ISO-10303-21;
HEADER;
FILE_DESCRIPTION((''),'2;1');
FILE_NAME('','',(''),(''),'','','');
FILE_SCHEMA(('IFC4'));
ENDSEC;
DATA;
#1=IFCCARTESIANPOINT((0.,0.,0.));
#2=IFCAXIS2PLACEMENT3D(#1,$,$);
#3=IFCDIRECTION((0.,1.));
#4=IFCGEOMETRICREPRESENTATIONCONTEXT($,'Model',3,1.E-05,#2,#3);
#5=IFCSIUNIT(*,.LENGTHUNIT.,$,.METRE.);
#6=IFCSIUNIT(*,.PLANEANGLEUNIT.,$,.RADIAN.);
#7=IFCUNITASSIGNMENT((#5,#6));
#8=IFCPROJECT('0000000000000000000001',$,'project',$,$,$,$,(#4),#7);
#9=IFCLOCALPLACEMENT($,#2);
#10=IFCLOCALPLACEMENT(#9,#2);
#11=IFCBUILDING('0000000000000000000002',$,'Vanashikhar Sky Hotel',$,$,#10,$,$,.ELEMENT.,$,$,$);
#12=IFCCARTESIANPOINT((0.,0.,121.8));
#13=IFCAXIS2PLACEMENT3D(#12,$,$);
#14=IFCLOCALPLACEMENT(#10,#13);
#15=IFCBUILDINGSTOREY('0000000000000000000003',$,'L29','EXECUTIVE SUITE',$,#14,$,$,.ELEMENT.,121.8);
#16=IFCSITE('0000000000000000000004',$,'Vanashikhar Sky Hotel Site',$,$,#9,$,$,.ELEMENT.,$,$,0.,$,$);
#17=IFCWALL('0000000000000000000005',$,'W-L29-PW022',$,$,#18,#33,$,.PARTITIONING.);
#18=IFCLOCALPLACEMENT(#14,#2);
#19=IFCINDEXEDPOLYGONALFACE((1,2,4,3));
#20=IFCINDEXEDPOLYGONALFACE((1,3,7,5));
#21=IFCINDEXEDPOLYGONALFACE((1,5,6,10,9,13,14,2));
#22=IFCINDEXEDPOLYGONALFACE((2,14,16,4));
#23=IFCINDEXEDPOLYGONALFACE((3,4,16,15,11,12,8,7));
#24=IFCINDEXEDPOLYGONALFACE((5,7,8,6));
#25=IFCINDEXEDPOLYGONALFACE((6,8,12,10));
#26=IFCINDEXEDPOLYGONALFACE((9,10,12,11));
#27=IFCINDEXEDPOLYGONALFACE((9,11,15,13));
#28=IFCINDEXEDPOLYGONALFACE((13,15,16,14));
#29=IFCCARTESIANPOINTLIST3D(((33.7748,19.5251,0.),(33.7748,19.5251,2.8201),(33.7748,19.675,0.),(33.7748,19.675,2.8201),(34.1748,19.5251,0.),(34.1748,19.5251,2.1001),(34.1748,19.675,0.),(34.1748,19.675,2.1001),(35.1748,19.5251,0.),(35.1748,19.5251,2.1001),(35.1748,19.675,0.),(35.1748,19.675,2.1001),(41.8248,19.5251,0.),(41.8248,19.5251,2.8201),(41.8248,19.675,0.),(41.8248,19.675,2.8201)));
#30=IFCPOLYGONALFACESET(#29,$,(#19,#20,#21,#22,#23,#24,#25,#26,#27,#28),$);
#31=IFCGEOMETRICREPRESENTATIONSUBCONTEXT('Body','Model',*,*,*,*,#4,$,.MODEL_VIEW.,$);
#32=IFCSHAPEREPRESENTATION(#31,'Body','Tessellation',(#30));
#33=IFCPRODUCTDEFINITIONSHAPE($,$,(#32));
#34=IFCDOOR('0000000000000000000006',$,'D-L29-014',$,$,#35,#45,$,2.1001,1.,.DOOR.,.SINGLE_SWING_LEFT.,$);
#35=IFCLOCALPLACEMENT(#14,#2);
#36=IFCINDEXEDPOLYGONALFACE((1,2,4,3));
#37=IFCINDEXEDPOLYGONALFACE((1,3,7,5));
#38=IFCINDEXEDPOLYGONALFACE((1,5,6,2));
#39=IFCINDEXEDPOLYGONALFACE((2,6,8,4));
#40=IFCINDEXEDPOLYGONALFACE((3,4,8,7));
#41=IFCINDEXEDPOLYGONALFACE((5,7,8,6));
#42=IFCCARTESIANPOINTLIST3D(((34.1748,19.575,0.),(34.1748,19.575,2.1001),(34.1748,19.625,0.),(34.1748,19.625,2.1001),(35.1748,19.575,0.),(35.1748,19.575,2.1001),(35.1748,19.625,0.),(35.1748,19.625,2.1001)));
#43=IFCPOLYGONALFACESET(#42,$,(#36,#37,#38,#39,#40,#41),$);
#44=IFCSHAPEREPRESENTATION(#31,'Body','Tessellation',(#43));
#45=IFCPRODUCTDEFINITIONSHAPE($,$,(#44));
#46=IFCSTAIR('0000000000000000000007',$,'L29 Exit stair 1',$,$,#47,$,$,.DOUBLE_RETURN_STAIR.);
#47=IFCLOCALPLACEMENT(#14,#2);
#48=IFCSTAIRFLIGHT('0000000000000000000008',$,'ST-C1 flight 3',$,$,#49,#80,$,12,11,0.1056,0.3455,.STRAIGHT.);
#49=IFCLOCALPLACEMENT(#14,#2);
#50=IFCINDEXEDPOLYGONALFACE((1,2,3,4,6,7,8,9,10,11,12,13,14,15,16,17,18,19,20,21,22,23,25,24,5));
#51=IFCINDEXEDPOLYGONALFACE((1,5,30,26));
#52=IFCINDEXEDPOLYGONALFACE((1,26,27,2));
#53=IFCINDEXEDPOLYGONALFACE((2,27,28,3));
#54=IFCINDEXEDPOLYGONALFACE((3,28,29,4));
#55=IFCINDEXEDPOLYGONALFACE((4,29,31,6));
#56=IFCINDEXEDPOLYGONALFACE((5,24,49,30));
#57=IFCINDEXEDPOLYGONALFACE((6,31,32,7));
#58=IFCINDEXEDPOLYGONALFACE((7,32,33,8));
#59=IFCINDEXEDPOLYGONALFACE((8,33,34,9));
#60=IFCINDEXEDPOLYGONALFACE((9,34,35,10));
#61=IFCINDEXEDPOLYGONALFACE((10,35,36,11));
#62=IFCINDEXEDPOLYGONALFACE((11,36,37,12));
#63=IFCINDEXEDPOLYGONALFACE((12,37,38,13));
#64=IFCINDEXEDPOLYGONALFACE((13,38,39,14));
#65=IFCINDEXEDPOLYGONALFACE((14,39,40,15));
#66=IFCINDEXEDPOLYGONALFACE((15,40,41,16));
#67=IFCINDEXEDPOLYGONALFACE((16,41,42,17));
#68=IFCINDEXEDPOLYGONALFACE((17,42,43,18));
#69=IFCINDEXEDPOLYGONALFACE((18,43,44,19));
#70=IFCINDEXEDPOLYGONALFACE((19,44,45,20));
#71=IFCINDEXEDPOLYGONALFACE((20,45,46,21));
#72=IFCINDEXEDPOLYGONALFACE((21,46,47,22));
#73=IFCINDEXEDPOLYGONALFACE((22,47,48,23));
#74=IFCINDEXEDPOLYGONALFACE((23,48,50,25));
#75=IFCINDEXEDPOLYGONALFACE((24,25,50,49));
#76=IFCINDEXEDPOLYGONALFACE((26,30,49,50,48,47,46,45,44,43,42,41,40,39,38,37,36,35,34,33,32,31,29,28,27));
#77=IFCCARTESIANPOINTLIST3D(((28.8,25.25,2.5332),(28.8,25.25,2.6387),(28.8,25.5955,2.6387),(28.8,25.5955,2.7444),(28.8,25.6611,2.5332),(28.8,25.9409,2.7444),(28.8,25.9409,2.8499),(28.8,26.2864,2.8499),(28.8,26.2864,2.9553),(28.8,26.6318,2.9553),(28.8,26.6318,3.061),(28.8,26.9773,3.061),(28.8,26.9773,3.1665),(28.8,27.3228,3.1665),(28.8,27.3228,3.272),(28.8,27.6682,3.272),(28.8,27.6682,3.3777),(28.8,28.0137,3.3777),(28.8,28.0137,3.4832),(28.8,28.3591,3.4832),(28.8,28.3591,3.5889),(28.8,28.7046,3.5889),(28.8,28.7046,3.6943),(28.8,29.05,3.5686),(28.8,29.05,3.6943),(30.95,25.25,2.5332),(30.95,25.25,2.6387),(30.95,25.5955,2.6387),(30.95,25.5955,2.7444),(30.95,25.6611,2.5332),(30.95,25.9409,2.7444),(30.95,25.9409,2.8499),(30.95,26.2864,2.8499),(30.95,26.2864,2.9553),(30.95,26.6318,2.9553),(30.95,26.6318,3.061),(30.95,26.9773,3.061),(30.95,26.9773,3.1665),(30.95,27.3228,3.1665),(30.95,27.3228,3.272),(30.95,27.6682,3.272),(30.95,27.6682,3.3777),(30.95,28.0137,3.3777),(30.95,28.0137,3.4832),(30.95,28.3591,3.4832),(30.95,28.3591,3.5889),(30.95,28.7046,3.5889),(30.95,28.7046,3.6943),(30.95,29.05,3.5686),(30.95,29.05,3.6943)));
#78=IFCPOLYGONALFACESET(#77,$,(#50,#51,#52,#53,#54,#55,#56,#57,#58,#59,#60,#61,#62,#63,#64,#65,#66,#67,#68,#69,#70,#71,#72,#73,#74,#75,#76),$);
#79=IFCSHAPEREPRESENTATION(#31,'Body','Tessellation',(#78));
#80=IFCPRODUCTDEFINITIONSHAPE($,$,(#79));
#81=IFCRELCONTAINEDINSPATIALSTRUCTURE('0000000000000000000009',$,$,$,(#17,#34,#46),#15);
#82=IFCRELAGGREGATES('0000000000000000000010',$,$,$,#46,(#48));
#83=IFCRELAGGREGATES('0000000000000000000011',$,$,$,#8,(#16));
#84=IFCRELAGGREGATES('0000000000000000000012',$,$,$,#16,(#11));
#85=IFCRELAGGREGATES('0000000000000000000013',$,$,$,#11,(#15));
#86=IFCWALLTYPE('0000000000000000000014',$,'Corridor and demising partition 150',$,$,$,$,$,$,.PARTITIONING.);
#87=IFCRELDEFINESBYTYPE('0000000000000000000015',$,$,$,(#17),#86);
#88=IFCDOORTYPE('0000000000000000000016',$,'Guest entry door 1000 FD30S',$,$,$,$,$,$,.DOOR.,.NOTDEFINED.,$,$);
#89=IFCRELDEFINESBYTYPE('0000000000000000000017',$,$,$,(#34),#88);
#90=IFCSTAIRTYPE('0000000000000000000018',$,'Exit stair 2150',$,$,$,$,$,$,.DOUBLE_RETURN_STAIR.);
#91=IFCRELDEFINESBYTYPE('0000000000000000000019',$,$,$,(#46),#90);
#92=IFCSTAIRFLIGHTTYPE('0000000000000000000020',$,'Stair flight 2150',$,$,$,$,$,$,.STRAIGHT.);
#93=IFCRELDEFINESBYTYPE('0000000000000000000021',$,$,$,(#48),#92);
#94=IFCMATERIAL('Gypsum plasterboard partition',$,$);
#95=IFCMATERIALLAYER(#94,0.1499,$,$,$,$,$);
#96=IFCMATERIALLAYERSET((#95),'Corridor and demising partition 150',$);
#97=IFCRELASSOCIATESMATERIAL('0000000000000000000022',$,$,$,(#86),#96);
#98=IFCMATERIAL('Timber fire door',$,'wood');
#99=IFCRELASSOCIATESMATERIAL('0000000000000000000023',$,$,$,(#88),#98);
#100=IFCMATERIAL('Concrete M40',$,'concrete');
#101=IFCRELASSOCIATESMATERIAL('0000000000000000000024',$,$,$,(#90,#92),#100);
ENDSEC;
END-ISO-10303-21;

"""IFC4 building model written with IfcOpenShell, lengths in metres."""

from ifc_helpers import new_model, si_unit, direction, frame, frame_2d, origin, place, context, subcontext, project, spatial, polyline, rectangle, outline, extrude, source, transform, mapped, material, layer, layer_set, type_object, element, fill, aggregate, save


model = new_model("IFC4")

# Units and contexts
model_context = context("Model", 3, precision=1e-05, world=origin(), true_north=direction((0.0, 1.0)))
body_context = subcontext(model_context, "Body", "Model", "MODEL_VIEW")
ifc_project = project(units=[si_unit("LENGTHUNIT", "METRE"), si_unit("PLANEANGLEUNIT", "RADIAN")], contexts=[model_context])

# Site, building, storey
site_placement = place(None, origin())
site = spatial("IfcSite", under=ifc_project, at=site_placement, Name="Vanashikhar Sky Hotel Site", CompositionType="ELEMENT", RefElevation=0.0)
building_placement = place(site_placement, origin())
building = spatial("IfcBuilding", under=site, at=building_placement, Name="Vanashikhar Sky Hotel", CompositionType="ELEMENT")
storey_placement = place(building_placement, frame((0.0, 0.0, 121.8)))
storey = spatial("IfcBuildingStorey", under=building, at=storey_placement, Name="L29", Description="EXECUTIVE SUITE", CompositionType="ELEMENT", Elevation=121.8)

# Shared definitions
shared_shape_1 = source(origin(), body_context, "Body", "SweptSolid", [
    extrude(rectangle(XDim=1.0, YDim=2.1001, at=frame_2d((0.5, 1.05))), frame((0.0, 0.0249, 0.0), z_axis=(0.0, -1.0, 0.0), x_axis=(1.0, 0.0, 0.0)), (0.0, 0.0, 1.0), 0.05),
])

# Shared definitions
ifc_material_1 = material(Name="Concrete M40", Category="concrete")

# Wall, opening, door
ifc_material_2 = material(Name="Gypsum plasterboard partition")
ifc_layer_1 = layer(ifc_material_2, 0.1499)
ifc_layer_set_1 = layer_set([ifc_layer_1], Name="Corridor and demising partition 150")
wall_type_1 = type_object("IfcWallType", Name="Corridor and demising partition 150", PredefinedType="PARTITIONING", material=ifc_layer_set_1)
shared_shape_2 = source(origin(), body_context, "Body", "SweptSolid", [
    extrude(rectangle(XDim=8.05, YDim=0.1499, at=frame_2d((4.0249, 0.0))), origin(), (0.0, 0.0, 1.0), 2.8201),
])
wall_1_placement = place(storey_placement, frame((33.7749, 19.6001, 0.0), z_axis=(0.0, 0.0, 1.0), x_axis=(1.0, 0.0, 0.0)))
wall_1 = element("IfcWall", 1, at=wall_1_placement, inside=storey, type_object=wall_type_1, Name="W-L29-PW022", PredefinedType="PARTITIONING", context=body_context, shape_type="MappedRepresentation", body=[
    mapped(shared_shape_2, transform((0.0, 0.0, 0.0), scale=1.0)),
])
shared_shape_3 = source(origin(), body_context, "Body", "SweptSolid", [
    extrude(rectangle(XDim=1.0, YDim=2.1001, at=frame_2d((0.5, 1.05))), frame((0.0, 0.085, 0.0), z_axis=(0.0, -1.0, 0.0), x_axis=(1.0, 0.0, 0.0)), (0.0, 0.0, 1.0), 0.1699),
])
opening_1_placement = place(wall_1_placement, frame((0.3999, 0.0, 0.0)))
opening_1 = element("IfcOpeningElement", 2, at=opening_1_placement, cuts=wall_1, PredefinedType="OPENING", context=body_context, shape_type="MappedRepresentation", body=[
    mapped(shared_shape_3, transform((0.0, 0.0, 0.0), scale=1.0)),
])
ifc_material_3 = material(Name="Timber fire door", Category="wood")
door_type_1 = type_object("IfcDoorType", Name="Guest entry door 1000 FD30S", OperationType="NOTDEFINED", PredefinedType="DOOR", material=ifc_material_3)
door_1_placement = place(opening_1_placement, origin())
door_1 = element("IfcDoor", 3, at=door_1_placement, inside=storey, type_object=door_type_1, Name="D-L29-014", OperationType="SINGLE_SWING_LEFT", OverallHeight=2.1001, OverallWidth=1.0, PredefinedType="DOOR", context=body_context, shape_type="MappedRepresentation", body=[
    mapped(shared_shape_1, transform((0.0, 0.0, 0.0), scale=1.0)),
])
fill(opening_1, door_1)

# Stair, stair flight
stair_type = type_object("IfcStairType", Name="Exit stair 2150", PredefinedType="DOUBLE_RETURN_STAIR", material=ifc_material_1)
stair_placement = place(storey_placement, origin())
stair = element("IfcStair", 4, at=stair_placement, inside=storey, type_object=stair_type, Name="L29 Exit stair 1", PredefinedType="DOUBLE_RETURN_STAIR")
stair_flight_type = type_object("IfcStairFlightType", Name="Stair flight 2150", PredefinedType="STRAIGHT", material=ifc_material_1)
shared_shape_4 = source(origin(), body_context, "Body", "SweptSolid", [
    extrude(outline(polyline([(0.0, 0.0), (0.0, 0.1055), (0.3455, 0.1055), (0.3455, 0.2112), (0.6909, 0.2112), (0.6909, 0.3167), (1.0364, 0.3167), (1.0364, 0.4221), (1.3818, 0.4221), (1.3818, 0.5278), (1.7273, 0.5278), (1.7273, 0.6333), (2.0728, 0.6333), (2.0728, 0.7388), (2.4182, 0.7388), (2.4182, 0.8445), (2.7637, 0.8445), (2.7637, 0.95), (3.1091, 0.95), (3.1091, 1.0557), (3.4546, 1.0557), (3.4546, 1.1611), (3.8, 1.1611), (3.8, 1.2666), (3.8, 1.0354), (0.4111, 0.0), (0.0, 0.0)])), frame((0.0, 1.075, 0.0), z_axis=(0.0, -1.0, 0.0), x_axis=(1.0, 0.0, 0.0)), (0.0, 0.0, 1.0), 2.1499),
])
stair_flight_placement = place(storey_placement, frame((29.875, 25.25, 2.5332), z_axis=(0.0, 0.0, 1.0), x_axis=(0.0, 1.0, 0.0)))
stair_flight = element("IfcStairFlight", 5, at=stair_flight_placement, type_object=stair_flight_type, Name="ST-C1 flight 3", NumberOfRisers=12, NumberOfTreads=11, PredefinedType="STRAIGHT", RiserHeight=0.1056, TreadLength=0.3455, context=body_context, shape_type="MappedRepresentation", body=[
    mapped(shared_shape_4, transform((0.0, 0.0, 0.0), scale=1.0)),
])
aggregate(stair, [stair_flight])

save(model, "model.ifc")
